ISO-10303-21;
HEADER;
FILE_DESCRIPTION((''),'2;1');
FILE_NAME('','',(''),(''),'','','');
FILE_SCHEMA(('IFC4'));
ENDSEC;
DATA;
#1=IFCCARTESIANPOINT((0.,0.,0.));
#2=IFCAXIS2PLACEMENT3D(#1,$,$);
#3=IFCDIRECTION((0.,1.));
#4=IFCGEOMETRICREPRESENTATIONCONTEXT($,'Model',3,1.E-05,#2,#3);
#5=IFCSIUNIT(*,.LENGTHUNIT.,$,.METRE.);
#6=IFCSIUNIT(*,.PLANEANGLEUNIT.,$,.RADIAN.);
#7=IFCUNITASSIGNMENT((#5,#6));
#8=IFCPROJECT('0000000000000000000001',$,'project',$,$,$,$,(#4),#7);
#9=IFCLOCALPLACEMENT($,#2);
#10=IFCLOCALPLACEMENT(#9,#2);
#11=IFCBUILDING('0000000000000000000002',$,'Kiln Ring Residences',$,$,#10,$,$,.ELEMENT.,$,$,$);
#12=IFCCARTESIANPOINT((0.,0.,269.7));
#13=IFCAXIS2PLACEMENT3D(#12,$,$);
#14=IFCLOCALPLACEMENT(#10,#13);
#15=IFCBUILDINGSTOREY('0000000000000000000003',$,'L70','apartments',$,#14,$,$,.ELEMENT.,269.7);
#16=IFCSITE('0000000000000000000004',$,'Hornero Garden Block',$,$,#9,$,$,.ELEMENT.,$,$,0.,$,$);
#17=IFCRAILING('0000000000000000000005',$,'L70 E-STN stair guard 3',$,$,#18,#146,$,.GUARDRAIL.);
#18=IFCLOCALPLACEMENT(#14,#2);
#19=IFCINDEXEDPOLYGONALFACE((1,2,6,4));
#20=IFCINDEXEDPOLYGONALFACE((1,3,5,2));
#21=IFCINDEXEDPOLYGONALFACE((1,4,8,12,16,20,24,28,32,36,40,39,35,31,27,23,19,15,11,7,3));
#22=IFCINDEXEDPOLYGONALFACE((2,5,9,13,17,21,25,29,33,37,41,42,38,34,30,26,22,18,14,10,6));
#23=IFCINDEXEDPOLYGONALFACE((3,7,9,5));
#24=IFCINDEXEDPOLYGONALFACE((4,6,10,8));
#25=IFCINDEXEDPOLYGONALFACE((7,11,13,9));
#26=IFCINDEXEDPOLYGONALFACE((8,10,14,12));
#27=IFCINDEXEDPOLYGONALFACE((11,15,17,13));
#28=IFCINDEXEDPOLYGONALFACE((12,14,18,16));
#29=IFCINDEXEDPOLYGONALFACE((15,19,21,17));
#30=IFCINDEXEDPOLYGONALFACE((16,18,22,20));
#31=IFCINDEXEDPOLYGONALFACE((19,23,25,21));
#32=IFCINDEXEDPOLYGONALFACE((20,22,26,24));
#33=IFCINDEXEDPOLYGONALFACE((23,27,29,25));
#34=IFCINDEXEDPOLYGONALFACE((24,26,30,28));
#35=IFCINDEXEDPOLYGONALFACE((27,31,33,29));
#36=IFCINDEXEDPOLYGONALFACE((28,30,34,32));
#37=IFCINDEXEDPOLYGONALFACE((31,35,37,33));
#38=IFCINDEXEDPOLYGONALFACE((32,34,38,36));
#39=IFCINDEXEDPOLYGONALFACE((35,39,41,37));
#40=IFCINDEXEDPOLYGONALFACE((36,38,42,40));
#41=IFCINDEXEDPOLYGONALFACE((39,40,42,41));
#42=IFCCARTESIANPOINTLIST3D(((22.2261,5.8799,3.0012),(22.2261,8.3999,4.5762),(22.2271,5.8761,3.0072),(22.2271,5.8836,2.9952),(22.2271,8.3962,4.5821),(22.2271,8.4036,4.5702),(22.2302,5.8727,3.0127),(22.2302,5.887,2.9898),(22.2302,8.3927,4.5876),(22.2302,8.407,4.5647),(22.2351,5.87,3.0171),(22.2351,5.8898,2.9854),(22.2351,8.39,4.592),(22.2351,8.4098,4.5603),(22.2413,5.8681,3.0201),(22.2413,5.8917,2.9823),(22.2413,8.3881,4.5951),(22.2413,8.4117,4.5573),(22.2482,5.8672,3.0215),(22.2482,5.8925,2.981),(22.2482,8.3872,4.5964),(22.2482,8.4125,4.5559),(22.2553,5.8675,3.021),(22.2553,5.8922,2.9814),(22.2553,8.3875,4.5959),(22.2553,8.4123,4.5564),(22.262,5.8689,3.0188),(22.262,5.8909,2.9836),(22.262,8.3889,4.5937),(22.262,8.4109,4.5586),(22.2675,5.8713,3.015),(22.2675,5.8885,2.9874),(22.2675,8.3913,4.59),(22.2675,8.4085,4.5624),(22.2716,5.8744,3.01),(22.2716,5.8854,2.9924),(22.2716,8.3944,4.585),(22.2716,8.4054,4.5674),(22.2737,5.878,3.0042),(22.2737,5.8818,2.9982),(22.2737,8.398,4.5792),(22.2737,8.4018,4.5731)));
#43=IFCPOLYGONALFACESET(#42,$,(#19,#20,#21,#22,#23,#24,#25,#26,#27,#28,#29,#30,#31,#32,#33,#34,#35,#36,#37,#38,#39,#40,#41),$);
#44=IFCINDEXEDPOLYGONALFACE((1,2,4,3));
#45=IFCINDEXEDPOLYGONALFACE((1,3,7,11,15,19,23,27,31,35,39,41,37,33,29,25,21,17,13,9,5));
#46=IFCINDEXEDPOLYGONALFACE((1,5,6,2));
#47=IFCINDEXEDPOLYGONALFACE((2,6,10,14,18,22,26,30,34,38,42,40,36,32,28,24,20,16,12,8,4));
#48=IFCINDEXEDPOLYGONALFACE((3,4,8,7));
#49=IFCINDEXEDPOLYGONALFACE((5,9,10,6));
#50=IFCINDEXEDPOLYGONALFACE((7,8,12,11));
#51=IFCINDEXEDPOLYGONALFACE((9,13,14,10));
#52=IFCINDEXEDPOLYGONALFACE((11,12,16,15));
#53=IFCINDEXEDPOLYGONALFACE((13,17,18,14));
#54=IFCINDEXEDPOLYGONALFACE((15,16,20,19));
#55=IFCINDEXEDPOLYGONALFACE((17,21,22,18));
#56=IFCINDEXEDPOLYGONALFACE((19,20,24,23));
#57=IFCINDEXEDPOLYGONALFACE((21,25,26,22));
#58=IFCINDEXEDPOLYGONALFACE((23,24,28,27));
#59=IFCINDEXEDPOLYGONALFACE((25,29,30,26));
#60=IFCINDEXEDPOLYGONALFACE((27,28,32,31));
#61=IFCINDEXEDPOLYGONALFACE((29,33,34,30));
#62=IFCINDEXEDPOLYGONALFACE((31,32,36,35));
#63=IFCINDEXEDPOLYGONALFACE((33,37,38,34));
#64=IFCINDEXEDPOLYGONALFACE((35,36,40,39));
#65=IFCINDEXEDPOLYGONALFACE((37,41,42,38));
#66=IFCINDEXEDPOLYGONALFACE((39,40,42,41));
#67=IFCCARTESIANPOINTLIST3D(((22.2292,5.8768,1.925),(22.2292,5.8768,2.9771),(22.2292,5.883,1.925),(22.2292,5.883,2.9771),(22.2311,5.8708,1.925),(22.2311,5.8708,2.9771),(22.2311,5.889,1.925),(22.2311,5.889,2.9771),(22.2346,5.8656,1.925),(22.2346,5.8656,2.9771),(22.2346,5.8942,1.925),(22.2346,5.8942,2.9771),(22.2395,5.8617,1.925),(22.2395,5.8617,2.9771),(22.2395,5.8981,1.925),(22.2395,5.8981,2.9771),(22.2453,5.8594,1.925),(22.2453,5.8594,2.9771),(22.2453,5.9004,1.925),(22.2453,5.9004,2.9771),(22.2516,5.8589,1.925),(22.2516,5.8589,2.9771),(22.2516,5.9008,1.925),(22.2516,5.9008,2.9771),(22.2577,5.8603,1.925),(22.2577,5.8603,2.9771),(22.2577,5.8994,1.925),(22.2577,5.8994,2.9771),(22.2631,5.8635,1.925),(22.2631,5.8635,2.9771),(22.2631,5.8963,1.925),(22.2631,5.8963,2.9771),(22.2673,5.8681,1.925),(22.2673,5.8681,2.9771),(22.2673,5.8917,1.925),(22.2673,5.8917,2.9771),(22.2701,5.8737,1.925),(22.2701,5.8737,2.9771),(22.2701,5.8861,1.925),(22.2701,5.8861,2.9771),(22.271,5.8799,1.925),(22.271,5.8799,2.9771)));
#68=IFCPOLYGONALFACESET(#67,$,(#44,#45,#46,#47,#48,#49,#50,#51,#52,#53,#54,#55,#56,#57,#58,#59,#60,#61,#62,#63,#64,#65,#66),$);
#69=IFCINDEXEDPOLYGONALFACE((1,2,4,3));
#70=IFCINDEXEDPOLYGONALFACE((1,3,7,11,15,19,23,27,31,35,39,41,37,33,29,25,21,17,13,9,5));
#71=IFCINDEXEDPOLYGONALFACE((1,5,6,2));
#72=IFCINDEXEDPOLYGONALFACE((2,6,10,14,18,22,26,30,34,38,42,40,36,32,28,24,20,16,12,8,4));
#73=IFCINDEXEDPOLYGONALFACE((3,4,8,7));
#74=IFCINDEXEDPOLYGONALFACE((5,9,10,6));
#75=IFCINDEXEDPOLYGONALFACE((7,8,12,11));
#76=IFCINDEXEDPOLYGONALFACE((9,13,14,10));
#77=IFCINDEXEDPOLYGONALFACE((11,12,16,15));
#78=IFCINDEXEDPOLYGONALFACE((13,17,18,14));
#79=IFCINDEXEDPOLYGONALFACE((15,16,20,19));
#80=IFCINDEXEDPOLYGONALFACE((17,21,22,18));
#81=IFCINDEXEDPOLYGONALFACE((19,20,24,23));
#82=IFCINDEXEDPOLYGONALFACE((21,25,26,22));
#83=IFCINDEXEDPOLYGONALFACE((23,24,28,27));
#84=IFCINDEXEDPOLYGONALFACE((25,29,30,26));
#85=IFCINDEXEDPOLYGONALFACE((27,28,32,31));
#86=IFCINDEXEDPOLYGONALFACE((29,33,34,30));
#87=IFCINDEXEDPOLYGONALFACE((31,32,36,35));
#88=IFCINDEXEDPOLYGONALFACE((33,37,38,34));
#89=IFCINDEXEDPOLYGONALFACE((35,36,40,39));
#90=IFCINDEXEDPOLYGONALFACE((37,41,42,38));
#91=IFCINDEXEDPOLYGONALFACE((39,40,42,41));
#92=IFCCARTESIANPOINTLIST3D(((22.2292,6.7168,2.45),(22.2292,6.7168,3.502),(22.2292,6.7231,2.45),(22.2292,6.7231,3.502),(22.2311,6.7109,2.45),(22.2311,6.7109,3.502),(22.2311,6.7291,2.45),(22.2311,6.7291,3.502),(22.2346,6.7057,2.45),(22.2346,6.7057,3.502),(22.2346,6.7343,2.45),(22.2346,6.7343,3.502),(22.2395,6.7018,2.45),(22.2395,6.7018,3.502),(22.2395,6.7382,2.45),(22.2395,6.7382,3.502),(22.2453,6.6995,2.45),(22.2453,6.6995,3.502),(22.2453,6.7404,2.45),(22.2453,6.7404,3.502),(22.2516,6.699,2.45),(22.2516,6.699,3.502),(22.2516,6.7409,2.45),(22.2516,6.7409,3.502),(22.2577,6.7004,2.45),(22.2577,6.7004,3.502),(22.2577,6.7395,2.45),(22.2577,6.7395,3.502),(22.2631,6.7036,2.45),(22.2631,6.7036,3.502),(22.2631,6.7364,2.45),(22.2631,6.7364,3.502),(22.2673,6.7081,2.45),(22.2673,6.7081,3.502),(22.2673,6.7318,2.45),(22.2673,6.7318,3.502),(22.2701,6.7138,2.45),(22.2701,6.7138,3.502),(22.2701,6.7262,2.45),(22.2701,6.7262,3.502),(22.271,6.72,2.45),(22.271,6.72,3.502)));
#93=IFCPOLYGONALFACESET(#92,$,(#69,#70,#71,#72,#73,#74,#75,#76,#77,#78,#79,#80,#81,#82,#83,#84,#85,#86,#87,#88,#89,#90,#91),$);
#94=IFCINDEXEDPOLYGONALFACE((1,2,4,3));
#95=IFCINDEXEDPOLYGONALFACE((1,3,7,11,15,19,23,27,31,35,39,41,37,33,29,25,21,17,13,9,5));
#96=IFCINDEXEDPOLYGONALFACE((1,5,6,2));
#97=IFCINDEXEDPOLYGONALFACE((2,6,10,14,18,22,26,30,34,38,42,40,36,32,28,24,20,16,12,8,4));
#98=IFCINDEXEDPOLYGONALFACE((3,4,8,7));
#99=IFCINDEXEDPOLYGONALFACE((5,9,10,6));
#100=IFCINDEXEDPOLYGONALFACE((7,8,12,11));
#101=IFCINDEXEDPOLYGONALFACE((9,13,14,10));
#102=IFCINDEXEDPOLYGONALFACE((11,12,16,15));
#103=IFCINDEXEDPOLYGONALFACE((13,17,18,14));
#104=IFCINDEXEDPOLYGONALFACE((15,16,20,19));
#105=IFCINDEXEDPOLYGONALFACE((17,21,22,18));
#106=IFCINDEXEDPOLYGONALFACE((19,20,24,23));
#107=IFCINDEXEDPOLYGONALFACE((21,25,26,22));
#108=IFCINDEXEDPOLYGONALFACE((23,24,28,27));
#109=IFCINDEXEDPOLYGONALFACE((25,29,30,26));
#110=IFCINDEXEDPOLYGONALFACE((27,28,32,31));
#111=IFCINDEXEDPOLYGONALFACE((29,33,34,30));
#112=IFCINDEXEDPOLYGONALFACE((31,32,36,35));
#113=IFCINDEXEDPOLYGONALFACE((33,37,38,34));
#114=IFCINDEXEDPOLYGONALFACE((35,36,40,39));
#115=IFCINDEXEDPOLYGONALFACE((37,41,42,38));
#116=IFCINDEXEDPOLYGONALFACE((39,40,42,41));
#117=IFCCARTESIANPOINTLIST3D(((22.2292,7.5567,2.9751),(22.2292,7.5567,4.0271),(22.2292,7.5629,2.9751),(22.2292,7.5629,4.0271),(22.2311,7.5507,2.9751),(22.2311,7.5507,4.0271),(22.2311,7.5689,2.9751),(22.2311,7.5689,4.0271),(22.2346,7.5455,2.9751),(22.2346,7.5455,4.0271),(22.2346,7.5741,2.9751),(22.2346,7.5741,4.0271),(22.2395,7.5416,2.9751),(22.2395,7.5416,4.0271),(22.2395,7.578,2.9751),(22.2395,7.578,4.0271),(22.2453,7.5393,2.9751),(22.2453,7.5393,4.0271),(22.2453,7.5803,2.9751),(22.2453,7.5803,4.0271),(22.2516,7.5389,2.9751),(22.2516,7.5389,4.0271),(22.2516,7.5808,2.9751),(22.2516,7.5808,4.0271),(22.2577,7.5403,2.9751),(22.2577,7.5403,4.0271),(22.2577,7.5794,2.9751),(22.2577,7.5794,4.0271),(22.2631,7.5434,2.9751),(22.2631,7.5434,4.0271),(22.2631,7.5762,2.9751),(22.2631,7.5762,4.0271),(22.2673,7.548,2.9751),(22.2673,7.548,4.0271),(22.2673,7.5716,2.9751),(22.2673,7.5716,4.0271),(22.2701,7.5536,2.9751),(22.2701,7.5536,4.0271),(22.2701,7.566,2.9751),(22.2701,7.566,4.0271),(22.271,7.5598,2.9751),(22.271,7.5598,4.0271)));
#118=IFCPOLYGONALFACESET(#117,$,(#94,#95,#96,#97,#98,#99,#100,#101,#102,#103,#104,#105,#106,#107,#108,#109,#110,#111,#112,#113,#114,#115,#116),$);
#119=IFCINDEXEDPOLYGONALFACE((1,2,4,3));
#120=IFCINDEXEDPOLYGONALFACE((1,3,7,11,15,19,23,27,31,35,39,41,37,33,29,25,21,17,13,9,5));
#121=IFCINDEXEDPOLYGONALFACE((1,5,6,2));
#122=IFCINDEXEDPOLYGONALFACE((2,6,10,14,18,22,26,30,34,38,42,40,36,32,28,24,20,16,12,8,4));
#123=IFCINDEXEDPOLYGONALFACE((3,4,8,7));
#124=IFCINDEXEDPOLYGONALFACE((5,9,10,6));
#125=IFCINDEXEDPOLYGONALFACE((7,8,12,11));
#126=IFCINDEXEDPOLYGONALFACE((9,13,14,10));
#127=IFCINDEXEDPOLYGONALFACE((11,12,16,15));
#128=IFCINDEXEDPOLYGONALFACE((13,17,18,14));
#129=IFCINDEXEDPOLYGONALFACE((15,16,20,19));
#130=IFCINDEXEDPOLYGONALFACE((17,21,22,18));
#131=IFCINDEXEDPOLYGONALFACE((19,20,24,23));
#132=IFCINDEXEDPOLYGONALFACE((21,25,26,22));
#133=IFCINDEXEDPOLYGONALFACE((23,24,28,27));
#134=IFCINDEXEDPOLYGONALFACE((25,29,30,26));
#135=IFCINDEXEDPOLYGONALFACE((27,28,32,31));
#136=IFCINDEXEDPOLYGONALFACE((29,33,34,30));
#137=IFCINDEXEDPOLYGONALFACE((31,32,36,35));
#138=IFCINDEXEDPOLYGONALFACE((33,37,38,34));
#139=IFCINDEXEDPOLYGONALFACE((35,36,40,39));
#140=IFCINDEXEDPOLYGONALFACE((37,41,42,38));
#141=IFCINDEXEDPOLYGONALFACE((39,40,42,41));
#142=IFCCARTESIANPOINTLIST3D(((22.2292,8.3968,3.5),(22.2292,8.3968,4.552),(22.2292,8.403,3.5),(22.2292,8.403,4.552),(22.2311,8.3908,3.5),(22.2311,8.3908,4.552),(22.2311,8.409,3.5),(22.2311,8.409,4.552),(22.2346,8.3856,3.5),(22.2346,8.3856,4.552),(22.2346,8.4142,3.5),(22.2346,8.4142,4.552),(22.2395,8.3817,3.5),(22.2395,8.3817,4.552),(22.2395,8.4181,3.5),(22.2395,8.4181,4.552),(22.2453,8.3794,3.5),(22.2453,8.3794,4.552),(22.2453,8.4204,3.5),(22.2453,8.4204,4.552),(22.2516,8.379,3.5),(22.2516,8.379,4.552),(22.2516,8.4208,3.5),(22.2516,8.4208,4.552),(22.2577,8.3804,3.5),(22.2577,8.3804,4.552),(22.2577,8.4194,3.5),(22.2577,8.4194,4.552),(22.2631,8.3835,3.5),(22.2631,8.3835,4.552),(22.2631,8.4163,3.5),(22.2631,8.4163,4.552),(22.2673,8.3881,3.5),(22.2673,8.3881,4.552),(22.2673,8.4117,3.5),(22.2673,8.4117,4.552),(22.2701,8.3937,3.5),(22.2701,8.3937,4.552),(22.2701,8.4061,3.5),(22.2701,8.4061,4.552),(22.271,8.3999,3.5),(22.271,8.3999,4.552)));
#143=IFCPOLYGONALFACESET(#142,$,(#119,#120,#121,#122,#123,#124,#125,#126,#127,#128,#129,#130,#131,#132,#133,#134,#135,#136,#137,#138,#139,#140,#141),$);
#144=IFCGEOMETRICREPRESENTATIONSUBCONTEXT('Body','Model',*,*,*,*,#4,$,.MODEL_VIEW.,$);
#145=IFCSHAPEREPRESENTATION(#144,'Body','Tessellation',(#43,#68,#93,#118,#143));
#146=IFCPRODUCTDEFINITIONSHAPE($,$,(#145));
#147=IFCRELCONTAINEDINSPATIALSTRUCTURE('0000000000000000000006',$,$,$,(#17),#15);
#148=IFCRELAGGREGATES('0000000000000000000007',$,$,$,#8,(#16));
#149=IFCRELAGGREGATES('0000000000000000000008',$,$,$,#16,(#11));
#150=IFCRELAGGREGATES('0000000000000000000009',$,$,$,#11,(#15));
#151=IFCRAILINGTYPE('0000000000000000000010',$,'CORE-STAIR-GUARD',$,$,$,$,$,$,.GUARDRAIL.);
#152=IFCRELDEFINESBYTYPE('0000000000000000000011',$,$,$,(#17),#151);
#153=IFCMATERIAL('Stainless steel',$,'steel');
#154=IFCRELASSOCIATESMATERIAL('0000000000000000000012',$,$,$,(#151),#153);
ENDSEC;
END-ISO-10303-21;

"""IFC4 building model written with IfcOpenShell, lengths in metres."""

from ifc_helpers import new_model, si_unit, direction, frame, origin, origin_2d, place, context, subcontext, project, spatial, circle, extrude, material, type_object, element, save


model = new_model("IFC4")

# Units and contexts
model_context = context("Model", 3, precision=1e-05, world=origin(), true_north=direction((0.0, 1.0)))
body_context = subcontext(model_context, "Body", "Model", "MODEL_VIEW")
ifc_project = project(units=[si_unit("LENGTHUNIT", "METRE"), si_unit("PLANEANGLEUNIT", "RADIAN")], contexts=[model_context])

# Site, building, storey
site_placement = place(None, origin())
site = spatial("IfcSite", under=ifc_project, at=site_placement, Name="Hornero Garden Block", CompositionType="ELEMENT", RefElevation=0.0)
building_placement = place(site_placement, origin())
building = spatial("IfcBuilding", under=site, at=building_placement, Name="Kiln Ring Residences", CompositionType="ELEMENT")
storey_placement = place(building_placement, frame((0.0, 0.0, 269.7)))
storey = spatial("IfcBuildingStorey", under=building, at=storey_placement, Name="L70", Description="apartments", CompositionType="ELEMENT", Elevation=269.7)

# Railing
ifc_material_1 = material(Name="Stainless steel", Category="steel")
railing_type_1 = type_object("IfcRailingType", Name="CORE-STAIR-GUARD", PredefinedType="GUARDRAIL", material=ifc_material_1)
railing_1_placement = place(storey_placement, frame((22.25, 5.8799, 1.925)))
element("IfcRailing", 1, at=railing_1_placement, inside=storey, type_object=railing_type_1, Name="L70 E-STN stair guard 3", PredefinedType="GUARDRAIL", context=body_context, shape_type="SweptSolid", body=[
    extrude(circle(Radius=0.0239, at=origin_2d()), frame((0.0, 0.0, 1.0762), z_axis=(0.0, 0.848008, 0.529984), x_axis=(-1.0, 0.0, 0.0)), (0.0, 0.0, 1.0), 2.9717),
    extrude(circle(Radius=0.021, at=origin_2d()), origin(), (0.0, 0.0, 1.0), 1.052),
    extrude(circle(Radius=0.021, at=origin_2d()), frame((0.0, 0.8401, 0.5249)), (0.0, 0.0, 1.0), 1.052),
    extrude(circle(Radius=0.021, at=origin_2d()), frame((0.0, 1.6799, 1.05)), (0.0, 0.0, 1.0), 1.052),
    extrude(circle(Radius=0.021, at=origin_2d()), frame((0.0, 2.52, 1.575)), (0.0, 0.0, 1.0), 1.052),
])

save(model, "model.ifc")
